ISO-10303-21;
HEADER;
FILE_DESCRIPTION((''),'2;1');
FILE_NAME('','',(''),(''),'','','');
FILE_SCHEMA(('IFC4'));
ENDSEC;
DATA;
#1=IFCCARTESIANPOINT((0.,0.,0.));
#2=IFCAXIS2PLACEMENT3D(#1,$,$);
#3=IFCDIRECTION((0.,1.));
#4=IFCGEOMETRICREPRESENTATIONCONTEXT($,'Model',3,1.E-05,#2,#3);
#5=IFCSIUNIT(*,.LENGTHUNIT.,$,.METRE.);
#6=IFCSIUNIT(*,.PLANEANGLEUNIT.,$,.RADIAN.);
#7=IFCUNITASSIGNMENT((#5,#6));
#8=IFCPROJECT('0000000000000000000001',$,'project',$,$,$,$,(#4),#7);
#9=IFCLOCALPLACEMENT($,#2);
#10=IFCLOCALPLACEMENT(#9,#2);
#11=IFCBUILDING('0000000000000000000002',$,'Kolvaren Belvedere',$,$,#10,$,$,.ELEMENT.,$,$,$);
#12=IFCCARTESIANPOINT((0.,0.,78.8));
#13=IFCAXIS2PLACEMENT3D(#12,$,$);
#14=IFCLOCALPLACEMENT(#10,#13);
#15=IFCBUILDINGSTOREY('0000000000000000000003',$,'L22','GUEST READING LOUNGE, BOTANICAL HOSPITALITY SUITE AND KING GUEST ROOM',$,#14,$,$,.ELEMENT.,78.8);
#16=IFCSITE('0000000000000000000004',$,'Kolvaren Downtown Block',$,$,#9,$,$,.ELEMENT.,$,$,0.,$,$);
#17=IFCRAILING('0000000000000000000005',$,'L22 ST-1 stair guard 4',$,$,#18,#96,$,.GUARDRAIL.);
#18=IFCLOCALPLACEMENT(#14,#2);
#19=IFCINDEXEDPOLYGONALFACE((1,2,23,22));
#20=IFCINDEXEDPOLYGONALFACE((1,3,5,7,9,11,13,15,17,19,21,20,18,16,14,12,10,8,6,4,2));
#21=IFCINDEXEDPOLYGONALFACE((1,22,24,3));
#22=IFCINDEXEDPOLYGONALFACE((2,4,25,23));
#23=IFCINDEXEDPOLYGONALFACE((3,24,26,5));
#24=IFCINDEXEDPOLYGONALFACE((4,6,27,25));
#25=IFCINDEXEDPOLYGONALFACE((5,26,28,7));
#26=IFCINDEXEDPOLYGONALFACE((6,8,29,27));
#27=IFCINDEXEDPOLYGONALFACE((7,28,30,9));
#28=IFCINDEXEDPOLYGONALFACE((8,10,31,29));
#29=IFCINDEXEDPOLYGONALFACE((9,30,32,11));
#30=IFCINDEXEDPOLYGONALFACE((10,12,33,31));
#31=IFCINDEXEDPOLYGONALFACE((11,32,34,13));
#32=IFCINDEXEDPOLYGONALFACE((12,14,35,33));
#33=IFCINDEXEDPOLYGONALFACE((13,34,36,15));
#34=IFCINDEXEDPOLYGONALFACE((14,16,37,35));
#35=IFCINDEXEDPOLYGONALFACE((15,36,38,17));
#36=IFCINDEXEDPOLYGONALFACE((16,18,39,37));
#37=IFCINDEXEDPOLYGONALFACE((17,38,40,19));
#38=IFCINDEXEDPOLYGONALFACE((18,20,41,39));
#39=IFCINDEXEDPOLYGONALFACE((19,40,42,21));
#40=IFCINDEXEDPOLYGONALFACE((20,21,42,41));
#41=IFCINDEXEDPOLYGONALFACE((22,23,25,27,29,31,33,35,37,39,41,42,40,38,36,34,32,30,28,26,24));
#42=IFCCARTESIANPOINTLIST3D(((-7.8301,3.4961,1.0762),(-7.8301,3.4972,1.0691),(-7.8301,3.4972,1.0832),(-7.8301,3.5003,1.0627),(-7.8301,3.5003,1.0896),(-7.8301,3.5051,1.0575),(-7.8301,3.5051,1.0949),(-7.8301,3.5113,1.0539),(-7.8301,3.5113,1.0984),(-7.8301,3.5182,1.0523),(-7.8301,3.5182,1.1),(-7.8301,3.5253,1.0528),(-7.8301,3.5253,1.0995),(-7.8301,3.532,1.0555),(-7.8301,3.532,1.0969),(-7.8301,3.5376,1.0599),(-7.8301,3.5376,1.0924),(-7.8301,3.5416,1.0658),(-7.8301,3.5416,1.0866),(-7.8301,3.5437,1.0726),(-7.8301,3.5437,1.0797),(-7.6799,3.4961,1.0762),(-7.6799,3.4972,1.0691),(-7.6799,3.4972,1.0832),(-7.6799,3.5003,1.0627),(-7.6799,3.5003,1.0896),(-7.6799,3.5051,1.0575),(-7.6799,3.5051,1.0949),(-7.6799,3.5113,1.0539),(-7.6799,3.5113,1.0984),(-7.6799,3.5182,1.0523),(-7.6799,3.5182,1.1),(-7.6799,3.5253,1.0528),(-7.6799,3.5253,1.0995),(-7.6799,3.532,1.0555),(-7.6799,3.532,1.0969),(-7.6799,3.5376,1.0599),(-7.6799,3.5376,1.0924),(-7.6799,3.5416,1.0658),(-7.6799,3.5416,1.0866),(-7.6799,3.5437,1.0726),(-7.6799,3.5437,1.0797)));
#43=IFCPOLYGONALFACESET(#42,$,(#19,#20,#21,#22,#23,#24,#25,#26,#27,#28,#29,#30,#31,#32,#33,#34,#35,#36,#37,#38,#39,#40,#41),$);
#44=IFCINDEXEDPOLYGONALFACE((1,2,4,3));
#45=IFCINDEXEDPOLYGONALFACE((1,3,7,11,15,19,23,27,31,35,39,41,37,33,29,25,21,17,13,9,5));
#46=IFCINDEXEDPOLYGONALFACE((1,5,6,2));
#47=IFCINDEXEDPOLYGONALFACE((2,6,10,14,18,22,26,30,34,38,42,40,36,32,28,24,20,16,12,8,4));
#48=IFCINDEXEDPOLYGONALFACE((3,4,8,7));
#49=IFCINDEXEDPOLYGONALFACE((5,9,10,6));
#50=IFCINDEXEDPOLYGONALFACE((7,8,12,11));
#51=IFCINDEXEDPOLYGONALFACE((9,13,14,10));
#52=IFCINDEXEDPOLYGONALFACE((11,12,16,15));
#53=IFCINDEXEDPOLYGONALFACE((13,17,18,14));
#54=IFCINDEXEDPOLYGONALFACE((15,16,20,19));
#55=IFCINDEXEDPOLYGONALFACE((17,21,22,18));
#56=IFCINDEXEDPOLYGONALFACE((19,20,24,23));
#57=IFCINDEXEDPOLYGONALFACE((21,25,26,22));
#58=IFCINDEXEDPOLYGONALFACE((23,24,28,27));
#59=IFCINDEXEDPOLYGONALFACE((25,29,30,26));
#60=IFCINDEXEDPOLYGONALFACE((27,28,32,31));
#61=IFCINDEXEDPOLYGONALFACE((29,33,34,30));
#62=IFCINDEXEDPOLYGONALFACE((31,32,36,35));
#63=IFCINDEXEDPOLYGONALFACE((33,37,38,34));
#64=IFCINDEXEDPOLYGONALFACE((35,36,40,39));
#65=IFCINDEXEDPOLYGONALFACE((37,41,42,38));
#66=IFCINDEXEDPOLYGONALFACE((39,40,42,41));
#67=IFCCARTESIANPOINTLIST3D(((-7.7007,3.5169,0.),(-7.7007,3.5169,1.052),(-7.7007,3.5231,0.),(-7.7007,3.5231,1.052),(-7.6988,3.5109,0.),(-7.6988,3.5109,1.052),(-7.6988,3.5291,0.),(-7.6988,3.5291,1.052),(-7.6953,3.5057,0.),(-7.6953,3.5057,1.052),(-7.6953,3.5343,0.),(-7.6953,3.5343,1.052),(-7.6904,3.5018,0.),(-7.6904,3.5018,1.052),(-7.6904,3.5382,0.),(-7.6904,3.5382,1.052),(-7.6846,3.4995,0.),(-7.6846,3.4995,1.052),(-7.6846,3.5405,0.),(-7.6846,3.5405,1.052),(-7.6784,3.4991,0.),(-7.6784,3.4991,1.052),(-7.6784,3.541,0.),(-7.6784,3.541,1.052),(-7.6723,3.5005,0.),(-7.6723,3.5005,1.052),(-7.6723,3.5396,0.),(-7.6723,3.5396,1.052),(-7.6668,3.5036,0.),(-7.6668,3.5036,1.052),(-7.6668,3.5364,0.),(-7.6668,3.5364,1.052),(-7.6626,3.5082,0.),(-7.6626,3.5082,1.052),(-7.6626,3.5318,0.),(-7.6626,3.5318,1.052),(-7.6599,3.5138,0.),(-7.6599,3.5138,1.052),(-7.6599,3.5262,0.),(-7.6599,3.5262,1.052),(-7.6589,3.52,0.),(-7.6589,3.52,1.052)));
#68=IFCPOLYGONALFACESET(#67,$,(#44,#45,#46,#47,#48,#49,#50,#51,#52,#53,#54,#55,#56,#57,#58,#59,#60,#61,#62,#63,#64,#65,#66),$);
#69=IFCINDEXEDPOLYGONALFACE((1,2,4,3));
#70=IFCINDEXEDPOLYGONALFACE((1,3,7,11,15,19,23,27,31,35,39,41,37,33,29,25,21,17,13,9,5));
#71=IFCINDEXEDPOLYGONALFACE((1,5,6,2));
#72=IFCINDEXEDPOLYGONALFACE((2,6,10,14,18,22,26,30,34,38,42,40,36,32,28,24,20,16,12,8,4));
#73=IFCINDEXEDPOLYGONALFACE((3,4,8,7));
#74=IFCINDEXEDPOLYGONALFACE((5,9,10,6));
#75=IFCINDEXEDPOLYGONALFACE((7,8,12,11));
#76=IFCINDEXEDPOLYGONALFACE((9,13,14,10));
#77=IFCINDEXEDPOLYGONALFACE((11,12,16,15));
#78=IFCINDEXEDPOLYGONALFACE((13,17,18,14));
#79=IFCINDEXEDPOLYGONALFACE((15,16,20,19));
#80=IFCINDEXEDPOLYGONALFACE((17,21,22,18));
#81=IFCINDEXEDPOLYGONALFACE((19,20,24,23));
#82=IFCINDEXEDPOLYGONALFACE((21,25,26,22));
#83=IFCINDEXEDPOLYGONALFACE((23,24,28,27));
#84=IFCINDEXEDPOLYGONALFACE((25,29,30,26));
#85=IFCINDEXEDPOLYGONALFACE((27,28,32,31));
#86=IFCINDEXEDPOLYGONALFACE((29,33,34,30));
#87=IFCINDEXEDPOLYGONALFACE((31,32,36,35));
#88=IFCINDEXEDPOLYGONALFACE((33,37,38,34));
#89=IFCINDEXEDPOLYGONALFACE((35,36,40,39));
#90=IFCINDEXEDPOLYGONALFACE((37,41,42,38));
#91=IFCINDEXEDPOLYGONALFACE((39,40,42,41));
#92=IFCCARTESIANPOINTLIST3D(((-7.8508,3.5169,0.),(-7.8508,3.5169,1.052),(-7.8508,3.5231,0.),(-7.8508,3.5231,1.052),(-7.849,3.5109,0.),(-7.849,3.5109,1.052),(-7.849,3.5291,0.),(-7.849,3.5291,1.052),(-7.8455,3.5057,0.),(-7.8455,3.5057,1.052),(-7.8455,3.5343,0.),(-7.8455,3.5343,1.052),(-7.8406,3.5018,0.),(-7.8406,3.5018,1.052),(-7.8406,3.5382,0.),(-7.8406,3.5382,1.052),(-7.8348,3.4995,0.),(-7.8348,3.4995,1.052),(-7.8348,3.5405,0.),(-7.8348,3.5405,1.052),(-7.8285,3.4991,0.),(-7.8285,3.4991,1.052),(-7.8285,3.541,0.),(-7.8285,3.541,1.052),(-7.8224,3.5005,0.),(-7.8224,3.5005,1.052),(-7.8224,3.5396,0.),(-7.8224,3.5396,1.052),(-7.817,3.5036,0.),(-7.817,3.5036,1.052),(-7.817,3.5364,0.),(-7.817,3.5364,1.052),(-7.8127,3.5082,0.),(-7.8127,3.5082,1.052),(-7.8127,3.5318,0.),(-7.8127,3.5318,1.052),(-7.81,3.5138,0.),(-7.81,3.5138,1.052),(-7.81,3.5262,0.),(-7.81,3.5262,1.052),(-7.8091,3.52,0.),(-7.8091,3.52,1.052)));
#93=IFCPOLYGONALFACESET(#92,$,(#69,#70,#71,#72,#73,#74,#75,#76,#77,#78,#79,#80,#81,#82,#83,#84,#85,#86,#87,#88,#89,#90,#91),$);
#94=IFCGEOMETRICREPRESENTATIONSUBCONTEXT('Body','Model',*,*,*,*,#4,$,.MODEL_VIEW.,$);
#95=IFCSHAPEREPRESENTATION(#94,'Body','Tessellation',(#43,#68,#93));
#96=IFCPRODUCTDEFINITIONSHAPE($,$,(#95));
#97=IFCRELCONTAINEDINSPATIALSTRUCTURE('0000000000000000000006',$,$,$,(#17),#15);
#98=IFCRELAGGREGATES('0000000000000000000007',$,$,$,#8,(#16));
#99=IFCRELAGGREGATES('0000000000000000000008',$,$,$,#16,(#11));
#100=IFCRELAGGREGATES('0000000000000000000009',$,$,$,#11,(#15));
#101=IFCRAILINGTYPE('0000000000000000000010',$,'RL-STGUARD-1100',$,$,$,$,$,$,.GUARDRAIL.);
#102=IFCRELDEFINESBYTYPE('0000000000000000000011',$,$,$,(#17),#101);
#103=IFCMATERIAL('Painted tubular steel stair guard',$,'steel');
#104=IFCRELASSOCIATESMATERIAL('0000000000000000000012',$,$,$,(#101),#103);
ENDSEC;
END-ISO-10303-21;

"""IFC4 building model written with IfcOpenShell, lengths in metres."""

from ifc_helpers import new_model, si_unit, direction, frame, origin, origin_2d, place, context, subcontext, project, spatial, circle, extrude, material, type_object, element, save


model = new_model("IFC4")

# Units and contexts
model_context = context("Model", 3, precision=1e-05, world=origin(), true_north=direction((0.0, 1.0)))
body_context = subcontext(model_context, "Body", "Model", "MODEL_VIEW")
ifc_project = project(units=[si_unit("LENGTHUNIT", "METRE"), si_unit("PLANEANGLEUNIT", "RADIAN")], contexts=[model_context])

# Site, building, storey
site_placement = place(None, origin())
site = spatial("IfcSite", under=ifc_project, at=site_placement, Name="Kolvaren Downtown Block", CompositionType="ELEMENT", RefElevation=0.0)
building_placement = place(site_placement, origin())
building = spatial("IfcBuilding", under=site, at=building_placement, Name="Kolvaren Belvedere", CompositionType="ELEMENT")
storey_placement = place(building_placement, frame((0.0, 0.0, 78.8)))
storey = spatial("IfcBuildingStorey", under=building, at=storey_placement, Name="L22", Description="GUEST READING LOUNGE, BOTANICAL HOSPITALITY SUITE AND KING GUEST ROOM", CompositionType="ELEMENT", Elevation=78.8)

# Railing
ifc_material_1 = material(Name="Painted tubular steel stair guard", Category="steel")
railing_type_1 = type_object("IfcRailingType", Name="RL-STGUARD-1100", PredefinedType="GUARDRAIL", material=ifc_material_1)
railing_1_placement = place(storey_placement, frame((-7.6799, 3.52, 0.0)))
element("IfcRailing", 1, at=railing_1_placement, inside=storey, type_object=railing_type_1, Name="L22 ST-1 stair guard 4", PredefinedType="GUARDRAIL", context=body_context, shape_type="SweptSolid", body=[
    extrude(circle(Radius=0.0239, at=origin_2d()), frame((0.0, 0.0, 1.0762), z_axis=(-1.0, 0.0, 0.0), x_axis=(0.0, -1.0, 0.0)), (0.0, 0.0, 1.0), 0.1501),
    extrude(circle(Radius=0.021, at=origin_2d()), origin(), (0.0, 0.0, 1.0), 1.052),
    extrude(circle(Radius=0.021, at=origin_2d()), frame((-0.1501, 0.0, 0.0)), (0.0, 0.0, 1.0), 1.052),
])

save(model, "model.ifc")
